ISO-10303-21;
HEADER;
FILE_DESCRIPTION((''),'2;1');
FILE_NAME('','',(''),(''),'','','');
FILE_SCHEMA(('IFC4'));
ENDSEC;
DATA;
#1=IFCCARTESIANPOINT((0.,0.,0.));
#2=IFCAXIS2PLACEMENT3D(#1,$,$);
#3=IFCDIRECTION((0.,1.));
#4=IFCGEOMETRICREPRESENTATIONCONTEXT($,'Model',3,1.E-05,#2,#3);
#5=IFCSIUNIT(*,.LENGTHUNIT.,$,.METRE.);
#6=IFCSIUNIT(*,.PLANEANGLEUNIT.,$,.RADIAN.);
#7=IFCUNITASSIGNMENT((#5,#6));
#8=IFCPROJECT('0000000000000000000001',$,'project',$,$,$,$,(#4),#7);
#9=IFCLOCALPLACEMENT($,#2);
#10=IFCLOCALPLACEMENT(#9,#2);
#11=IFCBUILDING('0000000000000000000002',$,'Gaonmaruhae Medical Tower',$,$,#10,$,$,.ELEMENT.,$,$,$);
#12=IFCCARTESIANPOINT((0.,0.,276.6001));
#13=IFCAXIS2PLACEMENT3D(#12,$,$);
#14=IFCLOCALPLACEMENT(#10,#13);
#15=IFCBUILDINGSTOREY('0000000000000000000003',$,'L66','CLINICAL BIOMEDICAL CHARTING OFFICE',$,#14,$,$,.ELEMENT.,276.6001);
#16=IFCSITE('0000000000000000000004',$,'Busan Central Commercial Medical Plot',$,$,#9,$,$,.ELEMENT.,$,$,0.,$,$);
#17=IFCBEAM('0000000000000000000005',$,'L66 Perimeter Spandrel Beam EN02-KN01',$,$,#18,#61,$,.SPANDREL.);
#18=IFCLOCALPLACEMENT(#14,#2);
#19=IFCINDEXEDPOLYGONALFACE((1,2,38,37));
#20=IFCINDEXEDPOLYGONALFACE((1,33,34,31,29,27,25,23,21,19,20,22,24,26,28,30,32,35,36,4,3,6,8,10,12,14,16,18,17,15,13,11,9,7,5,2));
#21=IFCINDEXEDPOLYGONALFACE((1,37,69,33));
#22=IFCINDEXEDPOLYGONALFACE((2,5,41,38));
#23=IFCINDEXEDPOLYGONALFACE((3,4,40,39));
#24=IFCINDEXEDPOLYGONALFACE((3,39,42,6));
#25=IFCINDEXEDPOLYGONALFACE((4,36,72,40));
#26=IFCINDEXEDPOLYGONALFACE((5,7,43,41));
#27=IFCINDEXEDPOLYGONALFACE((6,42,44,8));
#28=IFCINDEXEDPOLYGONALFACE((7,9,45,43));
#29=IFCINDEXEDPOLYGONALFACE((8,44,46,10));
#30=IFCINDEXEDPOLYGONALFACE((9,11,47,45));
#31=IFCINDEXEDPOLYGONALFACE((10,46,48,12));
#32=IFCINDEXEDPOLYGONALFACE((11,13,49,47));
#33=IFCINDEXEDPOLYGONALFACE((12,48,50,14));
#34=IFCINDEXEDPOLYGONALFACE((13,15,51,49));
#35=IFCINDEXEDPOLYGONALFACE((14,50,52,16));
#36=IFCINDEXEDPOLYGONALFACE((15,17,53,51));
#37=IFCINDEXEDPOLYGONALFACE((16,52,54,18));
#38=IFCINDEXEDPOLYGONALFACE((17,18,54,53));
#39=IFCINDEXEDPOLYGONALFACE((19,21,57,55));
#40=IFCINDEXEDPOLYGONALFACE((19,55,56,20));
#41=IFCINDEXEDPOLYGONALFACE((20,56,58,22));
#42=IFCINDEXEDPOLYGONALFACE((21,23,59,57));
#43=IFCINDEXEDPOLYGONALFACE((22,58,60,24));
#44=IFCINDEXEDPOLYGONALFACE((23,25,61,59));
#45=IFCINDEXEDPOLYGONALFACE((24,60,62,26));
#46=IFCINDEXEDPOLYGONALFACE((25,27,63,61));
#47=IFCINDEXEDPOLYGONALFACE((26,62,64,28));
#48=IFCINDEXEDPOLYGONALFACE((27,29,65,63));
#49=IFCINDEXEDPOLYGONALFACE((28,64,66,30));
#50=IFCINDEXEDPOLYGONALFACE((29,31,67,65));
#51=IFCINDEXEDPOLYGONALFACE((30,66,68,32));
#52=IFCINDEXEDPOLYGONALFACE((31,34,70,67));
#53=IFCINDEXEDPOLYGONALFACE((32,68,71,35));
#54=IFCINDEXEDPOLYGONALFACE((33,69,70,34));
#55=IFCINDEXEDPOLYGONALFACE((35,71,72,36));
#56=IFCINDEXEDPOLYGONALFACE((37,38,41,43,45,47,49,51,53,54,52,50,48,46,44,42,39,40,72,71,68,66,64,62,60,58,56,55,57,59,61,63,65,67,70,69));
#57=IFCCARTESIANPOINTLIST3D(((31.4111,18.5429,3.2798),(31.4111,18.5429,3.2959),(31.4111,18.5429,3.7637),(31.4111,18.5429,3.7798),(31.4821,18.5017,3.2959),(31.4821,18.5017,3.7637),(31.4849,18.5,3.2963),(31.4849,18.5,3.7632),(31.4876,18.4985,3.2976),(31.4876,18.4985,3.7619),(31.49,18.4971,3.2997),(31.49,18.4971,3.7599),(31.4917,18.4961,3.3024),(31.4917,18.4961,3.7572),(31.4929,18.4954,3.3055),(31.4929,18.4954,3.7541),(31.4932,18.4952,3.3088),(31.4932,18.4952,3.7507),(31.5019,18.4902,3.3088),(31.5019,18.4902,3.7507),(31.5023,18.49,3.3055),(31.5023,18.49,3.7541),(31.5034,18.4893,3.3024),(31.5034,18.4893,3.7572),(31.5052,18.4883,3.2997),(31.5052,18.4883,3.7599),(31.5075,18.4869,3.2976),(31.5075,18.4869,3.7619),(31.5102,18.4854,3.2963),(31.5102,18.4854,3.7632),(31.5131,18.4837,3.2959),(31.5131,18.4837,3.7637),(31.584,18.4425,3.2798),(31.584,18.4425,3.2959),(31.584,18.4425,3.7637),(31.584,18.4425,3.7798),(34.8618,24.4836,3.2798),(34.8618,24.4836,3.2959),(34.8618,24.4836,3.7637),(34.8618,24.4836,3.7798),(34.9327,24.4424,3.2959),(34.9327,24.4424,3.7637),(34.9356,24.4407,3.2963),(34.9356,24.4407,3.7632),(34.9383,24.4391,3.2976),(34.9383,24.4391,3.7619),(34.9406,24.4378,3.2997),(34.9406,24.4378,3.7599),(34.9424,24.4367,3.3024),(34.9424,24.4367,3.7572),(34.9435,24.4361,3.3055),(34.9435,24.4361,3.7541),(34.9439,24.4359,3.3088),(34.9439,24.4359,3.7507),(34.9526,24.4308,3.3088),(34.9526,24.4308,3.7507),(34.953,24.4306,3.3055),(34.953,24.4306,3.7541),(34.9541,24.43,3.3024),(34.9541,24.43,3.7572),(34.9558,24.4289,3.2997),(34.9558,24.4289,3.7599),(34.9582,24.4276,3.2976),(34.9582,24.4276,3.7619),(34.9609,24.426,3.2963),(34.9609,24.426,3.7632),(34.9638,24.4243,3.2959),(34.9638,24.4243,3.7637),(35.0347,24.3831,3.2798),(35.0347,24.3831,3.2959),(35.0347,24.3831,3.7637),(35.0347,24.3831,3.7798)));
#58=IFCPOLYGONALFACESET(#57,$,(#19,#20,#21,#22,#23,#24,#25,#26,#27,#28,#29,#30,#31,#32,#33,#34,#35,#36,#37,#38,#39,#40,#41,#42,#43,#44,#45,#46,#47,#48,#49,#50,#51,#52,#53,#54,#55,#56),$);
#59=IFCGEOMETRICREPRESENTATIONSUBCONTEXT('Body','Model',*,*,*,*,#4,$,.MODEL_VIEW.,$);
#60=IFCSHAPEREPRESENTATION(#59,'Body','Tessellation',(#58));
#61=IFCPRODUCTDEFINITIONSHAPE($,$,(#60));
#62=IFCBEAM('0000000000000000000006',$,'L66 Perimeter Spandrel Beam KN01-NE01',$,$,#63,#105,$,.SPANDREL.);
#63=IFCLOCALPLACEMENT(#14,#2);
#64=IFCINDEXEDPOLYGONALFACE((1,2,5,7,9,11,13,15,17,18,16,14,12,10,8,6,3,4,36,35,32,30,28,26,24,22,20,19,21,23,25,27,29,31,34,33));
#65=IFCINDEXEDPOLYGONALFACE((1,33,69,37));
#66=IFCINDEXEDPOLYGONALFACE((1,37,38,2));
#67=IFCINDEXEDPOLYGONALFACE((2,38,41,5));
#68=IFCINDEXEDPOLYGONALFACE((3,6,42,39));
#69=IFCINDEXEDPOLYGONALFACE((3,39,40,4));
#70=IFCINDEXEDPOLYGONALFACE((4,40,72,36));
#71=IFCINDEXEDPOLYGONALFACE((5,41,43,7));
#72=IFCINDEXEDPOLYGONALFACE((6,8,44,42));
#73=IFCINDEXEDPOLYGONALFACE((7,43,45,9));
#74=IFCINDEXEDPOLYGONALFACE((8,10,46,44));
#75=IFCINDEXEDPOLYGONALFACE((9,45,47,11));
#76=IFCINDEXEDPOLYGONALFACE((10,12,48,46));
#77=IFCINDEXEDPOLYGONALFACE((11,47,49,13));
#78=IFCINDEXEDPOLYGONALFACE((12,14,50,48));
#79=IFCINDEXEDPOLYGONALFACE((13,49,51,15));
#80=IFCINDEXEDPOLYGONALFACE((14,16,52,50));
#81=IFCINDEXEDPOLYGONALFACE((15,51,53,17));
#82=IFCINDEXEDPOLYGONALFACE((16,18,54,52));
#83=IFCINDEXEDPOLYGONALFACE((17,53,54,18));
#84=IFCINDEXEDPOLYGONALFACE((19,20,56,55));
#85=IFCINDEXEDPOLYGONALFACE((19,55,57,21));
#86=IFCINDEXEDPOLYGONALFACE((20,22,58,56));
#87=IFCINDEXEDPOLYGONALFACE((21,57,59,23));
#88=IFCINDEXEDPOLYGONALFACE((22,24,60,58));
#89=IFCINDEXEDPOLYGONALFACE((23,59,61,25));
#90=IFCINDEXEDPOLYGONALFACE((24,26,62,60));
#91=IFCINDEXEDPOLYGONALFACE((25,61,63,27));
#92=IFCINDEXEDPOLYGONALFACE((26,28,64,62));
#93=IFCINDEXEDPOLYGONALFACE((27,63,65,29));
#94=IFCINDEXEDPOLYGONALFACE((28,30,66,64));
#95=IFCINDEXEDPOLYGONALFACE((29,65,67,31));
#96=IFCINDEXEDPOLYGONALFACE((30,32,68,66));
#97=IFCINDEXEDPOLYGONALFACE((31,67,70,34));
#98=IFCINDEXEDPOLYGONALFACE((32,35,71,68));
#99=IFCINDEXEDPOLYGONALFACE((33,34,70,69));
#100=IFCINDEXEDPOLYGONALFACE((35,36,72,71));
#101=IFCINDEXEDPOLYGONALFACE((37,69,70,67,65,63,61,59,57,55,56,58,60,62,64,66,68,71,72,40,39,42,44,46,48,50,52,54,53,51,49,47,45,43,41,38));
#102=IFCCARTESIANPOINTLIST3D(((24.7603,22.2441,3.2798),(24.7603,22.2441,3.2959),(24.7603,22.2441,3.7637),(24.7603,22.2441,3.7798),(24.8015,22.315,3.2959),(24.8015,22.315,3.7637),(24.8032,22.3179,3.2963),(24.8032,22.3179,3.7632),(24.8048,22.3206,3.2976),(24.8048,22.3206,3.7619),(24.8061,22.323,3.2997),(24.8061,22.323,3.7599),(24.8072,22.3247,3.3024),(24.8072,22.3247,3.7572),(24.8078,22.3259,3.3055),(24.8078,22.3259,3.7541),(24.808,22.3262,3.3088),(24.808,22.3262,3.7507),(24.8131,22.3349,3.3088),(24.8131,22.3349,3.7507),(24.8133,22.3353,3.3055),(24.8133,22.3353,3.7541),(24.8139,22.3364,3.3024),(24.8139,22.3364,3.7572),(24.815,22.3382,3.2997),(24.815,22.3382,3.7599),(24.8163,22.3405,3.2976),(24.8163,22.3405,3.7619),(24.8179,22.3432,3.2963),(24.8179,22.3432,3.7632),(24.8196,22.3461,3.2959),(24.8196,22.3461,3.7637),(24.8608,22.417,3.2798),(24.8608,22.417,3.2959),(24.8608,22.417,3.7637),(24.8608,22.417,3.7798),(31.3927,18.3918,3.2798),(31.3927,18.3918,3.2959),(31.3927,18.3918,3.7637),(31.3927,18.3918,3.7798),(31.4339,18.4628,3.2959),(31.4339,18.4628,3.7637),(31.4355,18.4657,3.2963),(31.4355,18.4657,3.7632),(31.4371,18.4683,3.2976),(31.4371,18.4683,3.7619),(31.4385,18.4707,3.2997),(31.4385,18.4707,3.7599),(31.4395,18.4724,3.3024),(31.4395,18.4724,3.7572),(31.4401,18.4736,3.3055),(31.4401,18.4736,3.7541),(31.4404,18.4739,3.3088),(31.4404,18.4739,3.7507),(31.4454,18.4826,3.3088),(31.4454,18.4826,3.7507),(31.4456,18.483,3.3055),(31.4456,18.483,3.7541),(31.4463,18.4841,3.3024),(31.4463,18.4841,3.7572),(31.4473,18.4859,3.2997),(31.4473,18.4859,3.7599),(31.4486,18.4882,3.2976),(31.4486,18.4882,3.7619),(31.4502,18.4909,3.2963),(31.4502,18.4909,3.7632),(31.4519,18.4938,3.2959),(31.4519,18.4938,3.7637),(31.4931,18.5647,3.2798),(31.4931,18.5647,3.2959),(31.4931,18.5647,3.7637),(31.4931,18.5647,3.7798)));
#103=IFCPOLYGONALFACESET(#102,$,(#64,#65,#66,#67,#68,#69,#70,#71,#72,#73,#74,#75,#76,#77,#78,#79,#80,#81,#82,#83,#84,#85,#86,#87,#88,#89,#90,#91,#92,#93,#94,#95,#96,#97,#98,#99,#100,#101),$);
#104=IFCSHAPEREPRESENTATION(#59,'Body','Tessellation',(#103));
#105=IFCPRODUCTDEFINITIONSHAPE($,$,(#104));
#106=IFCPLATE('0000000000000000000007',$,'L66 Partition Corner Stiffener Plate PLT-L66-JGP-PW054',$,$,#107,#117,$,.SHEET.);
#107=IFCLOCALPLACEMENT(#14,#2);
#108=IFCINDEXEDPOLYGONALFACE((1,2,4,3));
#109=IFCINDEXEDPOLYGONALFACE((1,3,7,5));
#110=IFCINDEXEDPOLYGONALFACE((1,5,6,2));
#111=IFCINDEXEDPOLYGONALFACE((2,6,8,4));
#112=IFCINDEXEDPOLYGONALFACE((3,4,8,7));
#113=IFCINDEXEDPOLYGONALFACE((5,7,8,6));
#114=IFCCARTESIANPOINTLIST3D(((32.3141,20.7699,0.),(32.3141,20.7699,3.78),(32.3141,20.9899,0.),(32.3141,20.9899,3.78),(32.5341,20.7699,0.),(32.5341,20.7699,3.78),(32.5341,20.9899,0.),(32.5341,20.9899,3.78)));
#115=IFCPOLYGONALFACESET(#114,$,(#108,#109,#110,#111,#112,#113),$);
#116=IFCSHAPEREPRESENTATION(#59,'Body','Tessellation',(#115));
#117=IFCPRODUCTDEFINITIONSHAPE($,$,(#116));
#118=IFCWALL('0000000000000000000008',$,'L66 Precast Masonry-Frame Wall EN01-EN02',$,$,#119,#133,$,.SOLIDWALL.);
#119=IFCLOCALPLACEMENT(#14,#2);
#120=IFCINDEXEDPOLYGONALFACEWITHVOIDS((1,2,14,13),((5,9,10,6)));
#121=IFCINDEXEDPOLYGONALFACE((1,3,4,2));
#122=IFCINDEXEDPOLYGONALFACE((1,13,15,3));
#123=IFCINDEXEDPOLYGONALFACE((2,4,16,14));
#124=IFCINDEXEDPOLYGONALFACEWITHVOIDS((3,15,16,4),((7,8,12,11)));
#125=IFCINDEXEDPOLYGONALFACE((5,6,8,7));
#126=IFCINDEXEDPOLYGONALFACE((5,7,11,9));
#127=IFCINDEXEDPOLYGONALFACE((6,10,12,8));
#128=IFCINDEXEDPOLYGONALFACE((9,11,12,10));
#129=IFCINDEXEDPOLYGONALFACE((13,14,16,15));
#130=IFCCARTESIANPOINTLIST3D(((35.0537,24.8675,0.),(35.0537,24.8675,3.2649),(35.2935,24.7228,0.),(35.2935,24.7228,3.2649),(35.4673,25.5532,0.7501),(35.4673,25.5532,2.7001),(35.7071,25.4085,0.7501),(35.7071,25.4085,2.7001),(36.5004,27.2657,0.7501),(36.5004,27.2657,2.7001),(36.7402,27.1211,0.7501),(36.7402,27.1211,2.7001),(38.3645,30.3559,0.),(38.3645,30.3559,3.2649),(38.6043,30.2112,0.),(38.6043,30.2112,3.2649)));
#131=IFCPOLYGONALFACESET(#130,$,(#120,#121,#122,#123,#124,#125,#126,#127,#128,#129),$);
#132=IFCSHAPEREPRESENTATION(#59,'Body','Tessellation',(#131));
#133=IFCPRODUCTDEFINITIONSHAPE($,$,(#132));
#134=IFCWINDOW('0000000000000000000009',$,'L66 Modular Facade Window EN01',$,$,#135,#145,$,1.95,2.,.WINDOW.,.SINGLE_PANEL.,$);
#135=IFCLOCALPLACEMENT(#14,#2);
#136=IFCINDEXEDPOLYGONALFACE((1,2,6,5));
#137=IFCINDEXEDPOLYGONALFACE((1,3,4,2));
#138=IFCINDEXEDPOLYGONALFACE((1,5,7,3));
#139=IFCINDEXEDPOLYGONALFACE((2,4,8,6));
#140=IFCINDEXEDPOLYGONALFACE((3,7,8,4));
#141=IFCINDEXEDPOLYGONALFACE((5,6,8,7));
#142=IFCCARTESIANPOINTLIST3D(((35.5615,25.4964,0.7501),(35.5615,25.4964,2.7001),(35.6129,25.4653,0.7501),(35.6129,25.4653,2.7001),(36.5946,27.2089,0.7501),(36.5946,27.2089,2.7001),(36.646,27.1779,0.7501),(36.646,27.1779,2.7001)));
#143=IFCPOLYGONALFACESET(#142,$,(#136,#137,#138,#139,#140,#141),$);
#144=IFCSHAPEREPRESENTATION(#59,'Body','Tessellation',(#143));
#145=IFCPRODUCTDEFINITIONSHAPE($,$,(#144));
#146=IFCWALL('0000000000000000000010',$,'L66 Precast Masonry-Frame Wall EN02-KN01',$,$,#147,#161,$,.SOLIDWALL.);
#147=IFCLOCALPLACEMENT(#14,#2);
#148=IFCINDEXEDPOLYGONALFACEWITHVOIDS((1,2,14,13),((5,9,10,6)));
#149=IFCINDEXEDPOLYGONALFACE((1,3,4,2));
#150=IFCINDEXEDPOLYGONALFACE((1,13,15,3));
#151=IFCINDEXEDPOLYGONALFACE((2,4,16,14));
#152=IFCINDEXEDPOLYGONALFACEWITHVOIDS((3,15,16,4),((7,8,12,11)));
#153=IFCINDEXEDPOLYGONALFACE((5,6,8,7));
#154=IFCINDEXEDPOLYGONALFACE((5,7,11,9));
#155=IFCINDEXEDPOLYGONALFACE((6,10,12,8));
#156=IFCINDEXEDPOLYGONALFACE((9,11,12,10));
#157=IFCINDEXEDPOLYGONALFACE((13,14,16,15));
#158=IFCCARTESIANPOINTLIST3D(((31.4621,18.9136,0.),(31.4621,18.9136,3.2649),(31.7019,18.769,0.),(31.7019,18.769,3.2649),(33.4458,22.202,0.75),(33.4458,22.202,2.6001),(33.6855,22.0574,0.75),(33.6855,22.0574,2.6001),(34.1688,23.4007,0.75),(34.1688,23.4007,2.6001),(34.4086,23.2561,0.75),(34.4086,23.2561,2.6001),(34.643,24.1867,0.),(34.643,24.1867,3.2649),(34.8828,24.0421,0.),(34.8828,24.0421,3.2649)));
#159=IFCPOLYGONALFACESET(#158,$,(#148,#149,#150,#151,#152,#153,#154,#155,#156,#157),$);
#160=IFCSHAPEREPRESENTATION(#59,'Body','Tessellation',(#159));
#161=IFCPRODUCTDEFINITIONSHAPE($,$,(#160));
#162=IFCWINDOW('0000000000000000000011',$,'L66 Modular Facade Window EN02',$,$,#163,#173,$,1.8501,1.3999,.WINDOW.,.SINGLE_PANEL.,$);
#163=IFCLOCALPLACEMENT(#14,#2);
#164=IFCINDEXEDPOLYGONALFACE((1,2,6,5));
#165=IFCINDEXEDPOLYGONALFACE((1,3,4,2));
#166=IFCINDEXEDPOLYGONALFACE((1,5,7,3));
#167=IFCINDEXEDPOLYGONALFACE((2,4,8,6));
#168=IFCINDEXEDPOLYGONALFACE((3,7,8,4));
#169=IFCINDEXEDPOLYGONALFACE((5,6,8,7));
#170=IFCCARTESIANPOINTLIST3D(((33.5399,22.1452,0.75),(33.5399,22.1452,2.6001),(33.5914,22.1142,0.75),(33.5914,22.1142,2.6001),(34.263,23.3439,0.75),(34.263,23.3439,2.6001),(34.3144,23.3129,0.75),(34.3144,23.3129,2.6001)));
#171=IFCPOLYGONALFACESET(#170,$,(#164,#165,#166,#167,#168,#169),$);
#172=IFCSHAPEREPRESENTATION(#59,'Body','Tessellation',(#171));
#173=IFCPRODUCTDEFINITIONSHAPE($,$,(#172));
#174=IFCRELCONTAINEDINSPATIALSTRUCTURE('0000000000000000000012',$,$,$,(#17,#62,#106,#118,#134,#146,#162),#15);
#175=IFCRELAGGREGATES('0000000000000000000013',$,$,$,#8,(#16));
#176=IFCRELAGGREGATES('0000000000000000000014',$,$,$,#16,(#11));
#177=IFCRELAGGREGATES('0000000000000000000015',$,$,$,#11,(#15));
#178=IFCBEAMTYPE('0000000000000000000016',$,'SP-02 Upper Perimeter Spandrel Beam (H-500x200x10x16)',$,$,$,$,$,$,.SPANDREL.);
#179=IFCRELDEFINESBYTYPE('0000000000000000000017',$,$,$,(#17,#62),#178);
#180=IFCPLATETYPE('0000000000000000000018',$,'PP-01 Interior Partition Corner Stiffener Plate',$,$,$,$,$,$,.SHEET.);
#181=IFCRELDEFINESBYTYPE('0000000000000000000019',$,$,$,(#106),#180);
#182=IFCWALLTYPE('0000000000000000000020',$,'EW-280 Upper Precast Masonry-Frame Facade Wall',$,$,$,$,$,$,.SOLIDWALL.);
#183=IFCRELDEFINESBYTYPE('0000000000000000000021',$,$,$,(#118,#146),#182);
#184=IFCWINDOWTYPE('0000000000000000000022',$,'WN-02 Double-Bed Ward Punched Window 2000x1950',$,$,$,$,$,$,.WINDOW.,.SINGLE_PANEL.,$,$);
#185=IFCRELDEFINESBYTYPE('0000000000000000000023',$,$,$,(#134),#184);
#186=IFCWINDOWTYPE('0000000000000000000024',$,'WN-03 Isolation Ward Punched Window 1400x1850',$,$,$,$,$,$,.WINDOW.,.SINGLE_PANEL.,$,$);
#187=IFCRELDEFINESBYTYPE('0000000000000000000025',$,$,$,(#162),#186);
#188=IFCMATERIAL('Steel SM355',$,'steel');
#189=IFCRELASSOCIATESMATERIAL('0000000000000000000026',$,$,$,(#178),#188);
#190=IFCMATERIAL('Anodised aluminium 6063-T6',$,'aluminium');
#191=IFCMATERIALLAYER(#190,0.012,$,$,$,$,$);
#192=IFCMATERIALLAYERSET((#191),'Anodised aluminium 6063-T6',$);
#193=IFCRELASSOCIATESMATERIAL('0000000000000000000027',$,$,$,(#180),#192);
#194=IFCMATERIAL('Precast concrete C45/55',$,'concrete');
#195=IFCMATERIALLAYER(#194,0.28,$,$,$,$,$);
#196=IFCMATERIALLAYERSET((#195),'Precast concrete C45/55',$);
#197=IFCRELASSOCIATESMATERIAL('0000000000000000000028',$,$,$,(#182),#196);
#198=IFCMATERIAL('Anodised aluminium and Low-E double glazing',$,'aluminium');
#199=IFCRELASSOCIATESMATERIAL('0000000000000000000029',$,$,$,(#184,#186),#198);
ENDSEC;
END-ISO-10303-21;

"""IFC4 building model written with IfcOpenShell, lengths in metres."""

from ifc_helpers import new_model, si_unit, direction, frame, frame_2d, origin, origin_2d, place, context, subcontext, project, spatial, rectangle, i_section, extrude, material, layer, layer_set, material_profile, profile_set, type_object, element, fill, save


model = new_model("IFC4")

# Units and contexts
model_context = context("Model", 3, precision=1e-05, world=origin(), true_north=direction((0.0, 1.0)))
body_context = subcontext(model_context, "Body", "Model", "MODEL_VIEW")
ifc_project = project(units=[si_unit("LENGTHUNIT", "METRE"), si_unit("PLANEANGLEUNIT", "RADIAN")], contexts=[model_context])

# Site, building, storey
site_placement = place(None, origin())
site = spatial("IfcSite", under=ifc_project, at=site_placement, Name="Busan Central Commercial Medical Plot", CompositionType="ELEMENT", RefElevation=0.0)
building_placement = place(site_placement, origin())
building = spatial("IfcBuilding", under=site, at=building_placement, Name="Gaonmaruhae Medical Tower", CompositionType="ELEMENT")
storey_placement = place(building_placement, frame((0.0, 0.0, 276.6001)))
storey = spatial("IfcBuildingStorey", under=building, at=storey_placement, Name="L66", Description="CLINICAL BIOMEDICAL CHARTING OFFICE", CompositionType="ELEMENT", Elevation=276.6001)

# Beams
ifc_material_1 = material(Name="Steel SM355", Category="steel")
ifc_material_profile_1 = material_profile(ifc_material_1, i_section(OverallWidth=0.2, OverallDepth=0.5, WebThickness=0.01, FlangeThickness=0.0161, FilletRadius=0.0129, at=origin_2d()), Name="H-500x200x10x16")
ifc_profile_set_1 = profile_set([ifc_material_profile_1], Name="Steel SM355")
beam_type_1 = type_object("IfcBeamType", Name="SP-02 Upper Perimeter Spandrel Beam (H-500x200x10x16)", PredefinedType="SPANDREL", material=ifc_profile_set_1)
beam_1_placement = place(storey_placement, frame((34.9482, 24.4333, 3.5298), z_axis=(-0.502273, -0.864709, 0.0), x_axis=(0.864709, -0.502273, 0.0)))
element("IfcBeam", 1, at=beam_1_placement, inside=storey, type_object=beam_type_1, Name="L66 Perimeter Spandrel Beam EN02-KN01", PredefinedType="SPANDREL", context=body_context, shape_type="SweptSolid", body=[
    extrude(i_section(OverallWidth=0.2, OverallDepth=0.5, WebThickness=0.01, FlangeThickness=0.0161, FilletRadius=0.0129, at=origin_2d()), origin(), (0.0, 0.0, 1.0), 6.8701),
])
beam_2_placement = place(storey_placement, frame((31.4429, 18.4783, 3.5298), z_axis=(-0.864717, 0.502259, 0.0), x_axis=(-0.502259, -0.864717, 0.0)))
element("IfcBeam", 2, at=beam_2_placement, inside=storey, type_object=beam_type_1, Name="L66 Perimeter Spandrel Beam KN01-NE01", PredefinedType="SPANDREL", context=body_context, shape_type="SweptSolid", body=[
    extrude(i_section(OverallWidth=0.2, OverallDepth=0.5, WebThickness=0.01, FlangeThickness=0.0161, FilletRadius=0.0129, at=origin_2d()), origin(), (0.0, 0.0, 1.0), 7.6699),
])

# Plate
ifc_material_2 = material(Name="Anodised aluminium 6063-T6", Category="aluminium")
ifc_layer_1 = layer(ifc_material_2, 0.012)
ifc_layer_set_1 = layer_set([ifc_layer_1], Name="Anodised aluminium 6063-T6")
plate_type = type_object("IfcPlateType", Name="PP-01 Interior Partition Corner Stiffener Plate", PredefinedType="SHEET", material=ifc_layer_set_1)
plate_placement = place(storey_placement, frame((32.4241, 20.8799, 0.0), z_axis=(0.0, 0.0, 1.0), x_axis=(-1.0, 0.0, 0.0)))
element("IfcPlate", 3, at=plate_placement, inside=storey, type_object=plate_type, Name="L66 Partition Corner Stiffener Plate PLT-L66-JGP-PW054", PredefinedType="SHEET", context=body_context, shape_type="SweptSolid", body=[
    extrude(rectangle(XDim=0.22, YDim=0.22, at=origin_2d()), origin(), (0.0, 0.0, 1.0), 3.78),
])

# Walls, openings, windows
ifc_material_3 = material(Name="Precast concrete C45/55", Category="concrete")
ifc_layer_2 = layer(ifc_material_3, 0.28)
ifc_layer_set_2 = layer_set([ifc_layer_2], Name="Precast concrete C45/55")
wall_type_1 = type_object("IfcWallType", Name="EW-280 Upper Precast Masonry-Frame Facade Wall", PredefinedType="SOLIDWALL", material=ifc_layer_set_2)
wall_1_placement = place(storey_placement, frame((35.1736, 24.7952, 0.0), z_axis=(0.0, 0.0, 1.0), x_axis=(0.516539, 0.856264, 0.0)))
wall_1 = element("IfcWall", 4, at=wall_1_placement, inside=storey, type_object=wall_type_1, Name="L66 Precast Masonry-Frame Wall EN01-EN02", PredefinedType="SOLIDWALL", context=body_context, shape_type="SweptSolid", body=[
    extrude(rectangle(XDim=6.4097, YDim=0.28, at=frame_2d((3.2048, 0.0))), origin(), (0.0, 0.0, 1.0), 3.2649),
])
opening_1_placement = place(wall_1_placement, frame((0.8008, 0.0, 0.75)))
opening_1 = element("IfcOpeningElement", 5, at=opening_1_placement, cuts=wall_1, PredefinedType="OPENING", context=body_context, shape_type="SweptSolid", body=[
    extrude(rectangle(XDim=2.0, YDim=1.95, at=frame_2d((1.0, 0.9751))), frame((0.0, 0.1499, 0.0), z_axis=(0.0, -1.0, 0.0), x_axis=(1.0, 0.0, 0.0)), (0.0, 0.0, 1.0), 0.3),
])
ifc_material_4 = material(Name="Anodised aluminium and Low-E double glazing", Category="aluminium")
window_type_1 = type_object("IfcWindowType", Name="WN-02 Double-Bed Ward Punched Window 2000x1950", PartitioningType="SINGLE_PANEL", PredefinedType="WINDOW", material=ifc_material_4)
window_1_placement = place(opening_1_placement, origin())
window_1 = element("IfcWindow", 6, at=window_1_placement, inside=storey, type_object=window_type_1, Name="L66 Modular Facade Window EN01", OverallHeight=1.95, OverallWidth=2.0, PartitioningType="SINGLE_PANEL", PredefinedType="WINDOW", context=body_context, shape_type="SweptSolid", body=[
    extrude(rectangle(XDim=2.0, YDim=1.95, at=frame_2d((1.0, 0.9751))), frame((0.0, 0.03, 0.0), z_axis=(0.0, -1.0, 0.0), x_axis=(1.0, 0.0, 0.0)), (0.0, 0.0, 1.0), 0.0601),
])
fill(opening_1, window_1)
wall_2_placement = place(storey_placement, frame((31.582, 18.8413, 0.0), z_axis=(0.0, 0.0, 1.0), x_axis=(0.516523, 0.856273, 0.0)))
wall_2 = element("IfcWall", 7, at=wall_2_placement, inside=storey, type_object=wall_type_1, Name="L66 Precast Masonry-Frame Wall EN02-KN01", PredefinedType="SOLIDWALL", context=body_context, shape_type="SweptSolid", body=[
    extrude(rectangle(XDim=6.1582, YDim=0.28, at=frame_2d((3.0791, 0.0))), origin(), (0.0, 0.0, 1.0), 3.2649),
])
opening_2_placement = place(wall_2_placement, frame((3.8403, 0.0, 0.75)))
opening_2 = element("IfcOpeningElement", 8, at=opening_2_placement, cuts=wall_2, PredefinedType="OPENING", context=body_context, shape_type="SweptSolid", body=[
    extrude(rectangle(XDim=1.3999, YDim=1.8501, at=frame_2d((0.7, 0.925))), frame((0.0, 0.1499, 0.0), z_axis=(0.0, -1.0, 0.0), x_axis=(1.0, 0.0, 0.0)), (0.0, 0.0, 1.0), 0.3),
])
window_type_2 = type_object("IfcWindowType", Name="WN-03 Isolation Ward Punched Window 1400x1850", PartitioningType="SINGLE_PANEL", PredefinedType="WINDOW", material=ifc_material_4)
window_2_placement = place(opening_2_placement, origin())
window_2 = element("IfcWindow", 9, at=window_2_placement, inside=storey, type_object=window_type_2, Name="L66 Modular Facade Window EN02", OverallHeight=1.8501, OverallWidth=1.3999, PartitioningType="SINGLE_PANEL", PredefinedType="WINDOW", context=body_context, shape_type="SweptSolid", body=[
    extrude(rectangle(XDim=1.3999, YDim=1.8501, at=frame_2d((0.7, 0.925))), frame((0.0, 0.03, 0.0), z_axis=(0.0, -1.0, 0.0), x_axis=(1.0, 0.0, 0.0)), (0.0, 0.0, 1.0), 0.0601),
])
fill(opening_2, window_2)

save(model, "model.ifc")
